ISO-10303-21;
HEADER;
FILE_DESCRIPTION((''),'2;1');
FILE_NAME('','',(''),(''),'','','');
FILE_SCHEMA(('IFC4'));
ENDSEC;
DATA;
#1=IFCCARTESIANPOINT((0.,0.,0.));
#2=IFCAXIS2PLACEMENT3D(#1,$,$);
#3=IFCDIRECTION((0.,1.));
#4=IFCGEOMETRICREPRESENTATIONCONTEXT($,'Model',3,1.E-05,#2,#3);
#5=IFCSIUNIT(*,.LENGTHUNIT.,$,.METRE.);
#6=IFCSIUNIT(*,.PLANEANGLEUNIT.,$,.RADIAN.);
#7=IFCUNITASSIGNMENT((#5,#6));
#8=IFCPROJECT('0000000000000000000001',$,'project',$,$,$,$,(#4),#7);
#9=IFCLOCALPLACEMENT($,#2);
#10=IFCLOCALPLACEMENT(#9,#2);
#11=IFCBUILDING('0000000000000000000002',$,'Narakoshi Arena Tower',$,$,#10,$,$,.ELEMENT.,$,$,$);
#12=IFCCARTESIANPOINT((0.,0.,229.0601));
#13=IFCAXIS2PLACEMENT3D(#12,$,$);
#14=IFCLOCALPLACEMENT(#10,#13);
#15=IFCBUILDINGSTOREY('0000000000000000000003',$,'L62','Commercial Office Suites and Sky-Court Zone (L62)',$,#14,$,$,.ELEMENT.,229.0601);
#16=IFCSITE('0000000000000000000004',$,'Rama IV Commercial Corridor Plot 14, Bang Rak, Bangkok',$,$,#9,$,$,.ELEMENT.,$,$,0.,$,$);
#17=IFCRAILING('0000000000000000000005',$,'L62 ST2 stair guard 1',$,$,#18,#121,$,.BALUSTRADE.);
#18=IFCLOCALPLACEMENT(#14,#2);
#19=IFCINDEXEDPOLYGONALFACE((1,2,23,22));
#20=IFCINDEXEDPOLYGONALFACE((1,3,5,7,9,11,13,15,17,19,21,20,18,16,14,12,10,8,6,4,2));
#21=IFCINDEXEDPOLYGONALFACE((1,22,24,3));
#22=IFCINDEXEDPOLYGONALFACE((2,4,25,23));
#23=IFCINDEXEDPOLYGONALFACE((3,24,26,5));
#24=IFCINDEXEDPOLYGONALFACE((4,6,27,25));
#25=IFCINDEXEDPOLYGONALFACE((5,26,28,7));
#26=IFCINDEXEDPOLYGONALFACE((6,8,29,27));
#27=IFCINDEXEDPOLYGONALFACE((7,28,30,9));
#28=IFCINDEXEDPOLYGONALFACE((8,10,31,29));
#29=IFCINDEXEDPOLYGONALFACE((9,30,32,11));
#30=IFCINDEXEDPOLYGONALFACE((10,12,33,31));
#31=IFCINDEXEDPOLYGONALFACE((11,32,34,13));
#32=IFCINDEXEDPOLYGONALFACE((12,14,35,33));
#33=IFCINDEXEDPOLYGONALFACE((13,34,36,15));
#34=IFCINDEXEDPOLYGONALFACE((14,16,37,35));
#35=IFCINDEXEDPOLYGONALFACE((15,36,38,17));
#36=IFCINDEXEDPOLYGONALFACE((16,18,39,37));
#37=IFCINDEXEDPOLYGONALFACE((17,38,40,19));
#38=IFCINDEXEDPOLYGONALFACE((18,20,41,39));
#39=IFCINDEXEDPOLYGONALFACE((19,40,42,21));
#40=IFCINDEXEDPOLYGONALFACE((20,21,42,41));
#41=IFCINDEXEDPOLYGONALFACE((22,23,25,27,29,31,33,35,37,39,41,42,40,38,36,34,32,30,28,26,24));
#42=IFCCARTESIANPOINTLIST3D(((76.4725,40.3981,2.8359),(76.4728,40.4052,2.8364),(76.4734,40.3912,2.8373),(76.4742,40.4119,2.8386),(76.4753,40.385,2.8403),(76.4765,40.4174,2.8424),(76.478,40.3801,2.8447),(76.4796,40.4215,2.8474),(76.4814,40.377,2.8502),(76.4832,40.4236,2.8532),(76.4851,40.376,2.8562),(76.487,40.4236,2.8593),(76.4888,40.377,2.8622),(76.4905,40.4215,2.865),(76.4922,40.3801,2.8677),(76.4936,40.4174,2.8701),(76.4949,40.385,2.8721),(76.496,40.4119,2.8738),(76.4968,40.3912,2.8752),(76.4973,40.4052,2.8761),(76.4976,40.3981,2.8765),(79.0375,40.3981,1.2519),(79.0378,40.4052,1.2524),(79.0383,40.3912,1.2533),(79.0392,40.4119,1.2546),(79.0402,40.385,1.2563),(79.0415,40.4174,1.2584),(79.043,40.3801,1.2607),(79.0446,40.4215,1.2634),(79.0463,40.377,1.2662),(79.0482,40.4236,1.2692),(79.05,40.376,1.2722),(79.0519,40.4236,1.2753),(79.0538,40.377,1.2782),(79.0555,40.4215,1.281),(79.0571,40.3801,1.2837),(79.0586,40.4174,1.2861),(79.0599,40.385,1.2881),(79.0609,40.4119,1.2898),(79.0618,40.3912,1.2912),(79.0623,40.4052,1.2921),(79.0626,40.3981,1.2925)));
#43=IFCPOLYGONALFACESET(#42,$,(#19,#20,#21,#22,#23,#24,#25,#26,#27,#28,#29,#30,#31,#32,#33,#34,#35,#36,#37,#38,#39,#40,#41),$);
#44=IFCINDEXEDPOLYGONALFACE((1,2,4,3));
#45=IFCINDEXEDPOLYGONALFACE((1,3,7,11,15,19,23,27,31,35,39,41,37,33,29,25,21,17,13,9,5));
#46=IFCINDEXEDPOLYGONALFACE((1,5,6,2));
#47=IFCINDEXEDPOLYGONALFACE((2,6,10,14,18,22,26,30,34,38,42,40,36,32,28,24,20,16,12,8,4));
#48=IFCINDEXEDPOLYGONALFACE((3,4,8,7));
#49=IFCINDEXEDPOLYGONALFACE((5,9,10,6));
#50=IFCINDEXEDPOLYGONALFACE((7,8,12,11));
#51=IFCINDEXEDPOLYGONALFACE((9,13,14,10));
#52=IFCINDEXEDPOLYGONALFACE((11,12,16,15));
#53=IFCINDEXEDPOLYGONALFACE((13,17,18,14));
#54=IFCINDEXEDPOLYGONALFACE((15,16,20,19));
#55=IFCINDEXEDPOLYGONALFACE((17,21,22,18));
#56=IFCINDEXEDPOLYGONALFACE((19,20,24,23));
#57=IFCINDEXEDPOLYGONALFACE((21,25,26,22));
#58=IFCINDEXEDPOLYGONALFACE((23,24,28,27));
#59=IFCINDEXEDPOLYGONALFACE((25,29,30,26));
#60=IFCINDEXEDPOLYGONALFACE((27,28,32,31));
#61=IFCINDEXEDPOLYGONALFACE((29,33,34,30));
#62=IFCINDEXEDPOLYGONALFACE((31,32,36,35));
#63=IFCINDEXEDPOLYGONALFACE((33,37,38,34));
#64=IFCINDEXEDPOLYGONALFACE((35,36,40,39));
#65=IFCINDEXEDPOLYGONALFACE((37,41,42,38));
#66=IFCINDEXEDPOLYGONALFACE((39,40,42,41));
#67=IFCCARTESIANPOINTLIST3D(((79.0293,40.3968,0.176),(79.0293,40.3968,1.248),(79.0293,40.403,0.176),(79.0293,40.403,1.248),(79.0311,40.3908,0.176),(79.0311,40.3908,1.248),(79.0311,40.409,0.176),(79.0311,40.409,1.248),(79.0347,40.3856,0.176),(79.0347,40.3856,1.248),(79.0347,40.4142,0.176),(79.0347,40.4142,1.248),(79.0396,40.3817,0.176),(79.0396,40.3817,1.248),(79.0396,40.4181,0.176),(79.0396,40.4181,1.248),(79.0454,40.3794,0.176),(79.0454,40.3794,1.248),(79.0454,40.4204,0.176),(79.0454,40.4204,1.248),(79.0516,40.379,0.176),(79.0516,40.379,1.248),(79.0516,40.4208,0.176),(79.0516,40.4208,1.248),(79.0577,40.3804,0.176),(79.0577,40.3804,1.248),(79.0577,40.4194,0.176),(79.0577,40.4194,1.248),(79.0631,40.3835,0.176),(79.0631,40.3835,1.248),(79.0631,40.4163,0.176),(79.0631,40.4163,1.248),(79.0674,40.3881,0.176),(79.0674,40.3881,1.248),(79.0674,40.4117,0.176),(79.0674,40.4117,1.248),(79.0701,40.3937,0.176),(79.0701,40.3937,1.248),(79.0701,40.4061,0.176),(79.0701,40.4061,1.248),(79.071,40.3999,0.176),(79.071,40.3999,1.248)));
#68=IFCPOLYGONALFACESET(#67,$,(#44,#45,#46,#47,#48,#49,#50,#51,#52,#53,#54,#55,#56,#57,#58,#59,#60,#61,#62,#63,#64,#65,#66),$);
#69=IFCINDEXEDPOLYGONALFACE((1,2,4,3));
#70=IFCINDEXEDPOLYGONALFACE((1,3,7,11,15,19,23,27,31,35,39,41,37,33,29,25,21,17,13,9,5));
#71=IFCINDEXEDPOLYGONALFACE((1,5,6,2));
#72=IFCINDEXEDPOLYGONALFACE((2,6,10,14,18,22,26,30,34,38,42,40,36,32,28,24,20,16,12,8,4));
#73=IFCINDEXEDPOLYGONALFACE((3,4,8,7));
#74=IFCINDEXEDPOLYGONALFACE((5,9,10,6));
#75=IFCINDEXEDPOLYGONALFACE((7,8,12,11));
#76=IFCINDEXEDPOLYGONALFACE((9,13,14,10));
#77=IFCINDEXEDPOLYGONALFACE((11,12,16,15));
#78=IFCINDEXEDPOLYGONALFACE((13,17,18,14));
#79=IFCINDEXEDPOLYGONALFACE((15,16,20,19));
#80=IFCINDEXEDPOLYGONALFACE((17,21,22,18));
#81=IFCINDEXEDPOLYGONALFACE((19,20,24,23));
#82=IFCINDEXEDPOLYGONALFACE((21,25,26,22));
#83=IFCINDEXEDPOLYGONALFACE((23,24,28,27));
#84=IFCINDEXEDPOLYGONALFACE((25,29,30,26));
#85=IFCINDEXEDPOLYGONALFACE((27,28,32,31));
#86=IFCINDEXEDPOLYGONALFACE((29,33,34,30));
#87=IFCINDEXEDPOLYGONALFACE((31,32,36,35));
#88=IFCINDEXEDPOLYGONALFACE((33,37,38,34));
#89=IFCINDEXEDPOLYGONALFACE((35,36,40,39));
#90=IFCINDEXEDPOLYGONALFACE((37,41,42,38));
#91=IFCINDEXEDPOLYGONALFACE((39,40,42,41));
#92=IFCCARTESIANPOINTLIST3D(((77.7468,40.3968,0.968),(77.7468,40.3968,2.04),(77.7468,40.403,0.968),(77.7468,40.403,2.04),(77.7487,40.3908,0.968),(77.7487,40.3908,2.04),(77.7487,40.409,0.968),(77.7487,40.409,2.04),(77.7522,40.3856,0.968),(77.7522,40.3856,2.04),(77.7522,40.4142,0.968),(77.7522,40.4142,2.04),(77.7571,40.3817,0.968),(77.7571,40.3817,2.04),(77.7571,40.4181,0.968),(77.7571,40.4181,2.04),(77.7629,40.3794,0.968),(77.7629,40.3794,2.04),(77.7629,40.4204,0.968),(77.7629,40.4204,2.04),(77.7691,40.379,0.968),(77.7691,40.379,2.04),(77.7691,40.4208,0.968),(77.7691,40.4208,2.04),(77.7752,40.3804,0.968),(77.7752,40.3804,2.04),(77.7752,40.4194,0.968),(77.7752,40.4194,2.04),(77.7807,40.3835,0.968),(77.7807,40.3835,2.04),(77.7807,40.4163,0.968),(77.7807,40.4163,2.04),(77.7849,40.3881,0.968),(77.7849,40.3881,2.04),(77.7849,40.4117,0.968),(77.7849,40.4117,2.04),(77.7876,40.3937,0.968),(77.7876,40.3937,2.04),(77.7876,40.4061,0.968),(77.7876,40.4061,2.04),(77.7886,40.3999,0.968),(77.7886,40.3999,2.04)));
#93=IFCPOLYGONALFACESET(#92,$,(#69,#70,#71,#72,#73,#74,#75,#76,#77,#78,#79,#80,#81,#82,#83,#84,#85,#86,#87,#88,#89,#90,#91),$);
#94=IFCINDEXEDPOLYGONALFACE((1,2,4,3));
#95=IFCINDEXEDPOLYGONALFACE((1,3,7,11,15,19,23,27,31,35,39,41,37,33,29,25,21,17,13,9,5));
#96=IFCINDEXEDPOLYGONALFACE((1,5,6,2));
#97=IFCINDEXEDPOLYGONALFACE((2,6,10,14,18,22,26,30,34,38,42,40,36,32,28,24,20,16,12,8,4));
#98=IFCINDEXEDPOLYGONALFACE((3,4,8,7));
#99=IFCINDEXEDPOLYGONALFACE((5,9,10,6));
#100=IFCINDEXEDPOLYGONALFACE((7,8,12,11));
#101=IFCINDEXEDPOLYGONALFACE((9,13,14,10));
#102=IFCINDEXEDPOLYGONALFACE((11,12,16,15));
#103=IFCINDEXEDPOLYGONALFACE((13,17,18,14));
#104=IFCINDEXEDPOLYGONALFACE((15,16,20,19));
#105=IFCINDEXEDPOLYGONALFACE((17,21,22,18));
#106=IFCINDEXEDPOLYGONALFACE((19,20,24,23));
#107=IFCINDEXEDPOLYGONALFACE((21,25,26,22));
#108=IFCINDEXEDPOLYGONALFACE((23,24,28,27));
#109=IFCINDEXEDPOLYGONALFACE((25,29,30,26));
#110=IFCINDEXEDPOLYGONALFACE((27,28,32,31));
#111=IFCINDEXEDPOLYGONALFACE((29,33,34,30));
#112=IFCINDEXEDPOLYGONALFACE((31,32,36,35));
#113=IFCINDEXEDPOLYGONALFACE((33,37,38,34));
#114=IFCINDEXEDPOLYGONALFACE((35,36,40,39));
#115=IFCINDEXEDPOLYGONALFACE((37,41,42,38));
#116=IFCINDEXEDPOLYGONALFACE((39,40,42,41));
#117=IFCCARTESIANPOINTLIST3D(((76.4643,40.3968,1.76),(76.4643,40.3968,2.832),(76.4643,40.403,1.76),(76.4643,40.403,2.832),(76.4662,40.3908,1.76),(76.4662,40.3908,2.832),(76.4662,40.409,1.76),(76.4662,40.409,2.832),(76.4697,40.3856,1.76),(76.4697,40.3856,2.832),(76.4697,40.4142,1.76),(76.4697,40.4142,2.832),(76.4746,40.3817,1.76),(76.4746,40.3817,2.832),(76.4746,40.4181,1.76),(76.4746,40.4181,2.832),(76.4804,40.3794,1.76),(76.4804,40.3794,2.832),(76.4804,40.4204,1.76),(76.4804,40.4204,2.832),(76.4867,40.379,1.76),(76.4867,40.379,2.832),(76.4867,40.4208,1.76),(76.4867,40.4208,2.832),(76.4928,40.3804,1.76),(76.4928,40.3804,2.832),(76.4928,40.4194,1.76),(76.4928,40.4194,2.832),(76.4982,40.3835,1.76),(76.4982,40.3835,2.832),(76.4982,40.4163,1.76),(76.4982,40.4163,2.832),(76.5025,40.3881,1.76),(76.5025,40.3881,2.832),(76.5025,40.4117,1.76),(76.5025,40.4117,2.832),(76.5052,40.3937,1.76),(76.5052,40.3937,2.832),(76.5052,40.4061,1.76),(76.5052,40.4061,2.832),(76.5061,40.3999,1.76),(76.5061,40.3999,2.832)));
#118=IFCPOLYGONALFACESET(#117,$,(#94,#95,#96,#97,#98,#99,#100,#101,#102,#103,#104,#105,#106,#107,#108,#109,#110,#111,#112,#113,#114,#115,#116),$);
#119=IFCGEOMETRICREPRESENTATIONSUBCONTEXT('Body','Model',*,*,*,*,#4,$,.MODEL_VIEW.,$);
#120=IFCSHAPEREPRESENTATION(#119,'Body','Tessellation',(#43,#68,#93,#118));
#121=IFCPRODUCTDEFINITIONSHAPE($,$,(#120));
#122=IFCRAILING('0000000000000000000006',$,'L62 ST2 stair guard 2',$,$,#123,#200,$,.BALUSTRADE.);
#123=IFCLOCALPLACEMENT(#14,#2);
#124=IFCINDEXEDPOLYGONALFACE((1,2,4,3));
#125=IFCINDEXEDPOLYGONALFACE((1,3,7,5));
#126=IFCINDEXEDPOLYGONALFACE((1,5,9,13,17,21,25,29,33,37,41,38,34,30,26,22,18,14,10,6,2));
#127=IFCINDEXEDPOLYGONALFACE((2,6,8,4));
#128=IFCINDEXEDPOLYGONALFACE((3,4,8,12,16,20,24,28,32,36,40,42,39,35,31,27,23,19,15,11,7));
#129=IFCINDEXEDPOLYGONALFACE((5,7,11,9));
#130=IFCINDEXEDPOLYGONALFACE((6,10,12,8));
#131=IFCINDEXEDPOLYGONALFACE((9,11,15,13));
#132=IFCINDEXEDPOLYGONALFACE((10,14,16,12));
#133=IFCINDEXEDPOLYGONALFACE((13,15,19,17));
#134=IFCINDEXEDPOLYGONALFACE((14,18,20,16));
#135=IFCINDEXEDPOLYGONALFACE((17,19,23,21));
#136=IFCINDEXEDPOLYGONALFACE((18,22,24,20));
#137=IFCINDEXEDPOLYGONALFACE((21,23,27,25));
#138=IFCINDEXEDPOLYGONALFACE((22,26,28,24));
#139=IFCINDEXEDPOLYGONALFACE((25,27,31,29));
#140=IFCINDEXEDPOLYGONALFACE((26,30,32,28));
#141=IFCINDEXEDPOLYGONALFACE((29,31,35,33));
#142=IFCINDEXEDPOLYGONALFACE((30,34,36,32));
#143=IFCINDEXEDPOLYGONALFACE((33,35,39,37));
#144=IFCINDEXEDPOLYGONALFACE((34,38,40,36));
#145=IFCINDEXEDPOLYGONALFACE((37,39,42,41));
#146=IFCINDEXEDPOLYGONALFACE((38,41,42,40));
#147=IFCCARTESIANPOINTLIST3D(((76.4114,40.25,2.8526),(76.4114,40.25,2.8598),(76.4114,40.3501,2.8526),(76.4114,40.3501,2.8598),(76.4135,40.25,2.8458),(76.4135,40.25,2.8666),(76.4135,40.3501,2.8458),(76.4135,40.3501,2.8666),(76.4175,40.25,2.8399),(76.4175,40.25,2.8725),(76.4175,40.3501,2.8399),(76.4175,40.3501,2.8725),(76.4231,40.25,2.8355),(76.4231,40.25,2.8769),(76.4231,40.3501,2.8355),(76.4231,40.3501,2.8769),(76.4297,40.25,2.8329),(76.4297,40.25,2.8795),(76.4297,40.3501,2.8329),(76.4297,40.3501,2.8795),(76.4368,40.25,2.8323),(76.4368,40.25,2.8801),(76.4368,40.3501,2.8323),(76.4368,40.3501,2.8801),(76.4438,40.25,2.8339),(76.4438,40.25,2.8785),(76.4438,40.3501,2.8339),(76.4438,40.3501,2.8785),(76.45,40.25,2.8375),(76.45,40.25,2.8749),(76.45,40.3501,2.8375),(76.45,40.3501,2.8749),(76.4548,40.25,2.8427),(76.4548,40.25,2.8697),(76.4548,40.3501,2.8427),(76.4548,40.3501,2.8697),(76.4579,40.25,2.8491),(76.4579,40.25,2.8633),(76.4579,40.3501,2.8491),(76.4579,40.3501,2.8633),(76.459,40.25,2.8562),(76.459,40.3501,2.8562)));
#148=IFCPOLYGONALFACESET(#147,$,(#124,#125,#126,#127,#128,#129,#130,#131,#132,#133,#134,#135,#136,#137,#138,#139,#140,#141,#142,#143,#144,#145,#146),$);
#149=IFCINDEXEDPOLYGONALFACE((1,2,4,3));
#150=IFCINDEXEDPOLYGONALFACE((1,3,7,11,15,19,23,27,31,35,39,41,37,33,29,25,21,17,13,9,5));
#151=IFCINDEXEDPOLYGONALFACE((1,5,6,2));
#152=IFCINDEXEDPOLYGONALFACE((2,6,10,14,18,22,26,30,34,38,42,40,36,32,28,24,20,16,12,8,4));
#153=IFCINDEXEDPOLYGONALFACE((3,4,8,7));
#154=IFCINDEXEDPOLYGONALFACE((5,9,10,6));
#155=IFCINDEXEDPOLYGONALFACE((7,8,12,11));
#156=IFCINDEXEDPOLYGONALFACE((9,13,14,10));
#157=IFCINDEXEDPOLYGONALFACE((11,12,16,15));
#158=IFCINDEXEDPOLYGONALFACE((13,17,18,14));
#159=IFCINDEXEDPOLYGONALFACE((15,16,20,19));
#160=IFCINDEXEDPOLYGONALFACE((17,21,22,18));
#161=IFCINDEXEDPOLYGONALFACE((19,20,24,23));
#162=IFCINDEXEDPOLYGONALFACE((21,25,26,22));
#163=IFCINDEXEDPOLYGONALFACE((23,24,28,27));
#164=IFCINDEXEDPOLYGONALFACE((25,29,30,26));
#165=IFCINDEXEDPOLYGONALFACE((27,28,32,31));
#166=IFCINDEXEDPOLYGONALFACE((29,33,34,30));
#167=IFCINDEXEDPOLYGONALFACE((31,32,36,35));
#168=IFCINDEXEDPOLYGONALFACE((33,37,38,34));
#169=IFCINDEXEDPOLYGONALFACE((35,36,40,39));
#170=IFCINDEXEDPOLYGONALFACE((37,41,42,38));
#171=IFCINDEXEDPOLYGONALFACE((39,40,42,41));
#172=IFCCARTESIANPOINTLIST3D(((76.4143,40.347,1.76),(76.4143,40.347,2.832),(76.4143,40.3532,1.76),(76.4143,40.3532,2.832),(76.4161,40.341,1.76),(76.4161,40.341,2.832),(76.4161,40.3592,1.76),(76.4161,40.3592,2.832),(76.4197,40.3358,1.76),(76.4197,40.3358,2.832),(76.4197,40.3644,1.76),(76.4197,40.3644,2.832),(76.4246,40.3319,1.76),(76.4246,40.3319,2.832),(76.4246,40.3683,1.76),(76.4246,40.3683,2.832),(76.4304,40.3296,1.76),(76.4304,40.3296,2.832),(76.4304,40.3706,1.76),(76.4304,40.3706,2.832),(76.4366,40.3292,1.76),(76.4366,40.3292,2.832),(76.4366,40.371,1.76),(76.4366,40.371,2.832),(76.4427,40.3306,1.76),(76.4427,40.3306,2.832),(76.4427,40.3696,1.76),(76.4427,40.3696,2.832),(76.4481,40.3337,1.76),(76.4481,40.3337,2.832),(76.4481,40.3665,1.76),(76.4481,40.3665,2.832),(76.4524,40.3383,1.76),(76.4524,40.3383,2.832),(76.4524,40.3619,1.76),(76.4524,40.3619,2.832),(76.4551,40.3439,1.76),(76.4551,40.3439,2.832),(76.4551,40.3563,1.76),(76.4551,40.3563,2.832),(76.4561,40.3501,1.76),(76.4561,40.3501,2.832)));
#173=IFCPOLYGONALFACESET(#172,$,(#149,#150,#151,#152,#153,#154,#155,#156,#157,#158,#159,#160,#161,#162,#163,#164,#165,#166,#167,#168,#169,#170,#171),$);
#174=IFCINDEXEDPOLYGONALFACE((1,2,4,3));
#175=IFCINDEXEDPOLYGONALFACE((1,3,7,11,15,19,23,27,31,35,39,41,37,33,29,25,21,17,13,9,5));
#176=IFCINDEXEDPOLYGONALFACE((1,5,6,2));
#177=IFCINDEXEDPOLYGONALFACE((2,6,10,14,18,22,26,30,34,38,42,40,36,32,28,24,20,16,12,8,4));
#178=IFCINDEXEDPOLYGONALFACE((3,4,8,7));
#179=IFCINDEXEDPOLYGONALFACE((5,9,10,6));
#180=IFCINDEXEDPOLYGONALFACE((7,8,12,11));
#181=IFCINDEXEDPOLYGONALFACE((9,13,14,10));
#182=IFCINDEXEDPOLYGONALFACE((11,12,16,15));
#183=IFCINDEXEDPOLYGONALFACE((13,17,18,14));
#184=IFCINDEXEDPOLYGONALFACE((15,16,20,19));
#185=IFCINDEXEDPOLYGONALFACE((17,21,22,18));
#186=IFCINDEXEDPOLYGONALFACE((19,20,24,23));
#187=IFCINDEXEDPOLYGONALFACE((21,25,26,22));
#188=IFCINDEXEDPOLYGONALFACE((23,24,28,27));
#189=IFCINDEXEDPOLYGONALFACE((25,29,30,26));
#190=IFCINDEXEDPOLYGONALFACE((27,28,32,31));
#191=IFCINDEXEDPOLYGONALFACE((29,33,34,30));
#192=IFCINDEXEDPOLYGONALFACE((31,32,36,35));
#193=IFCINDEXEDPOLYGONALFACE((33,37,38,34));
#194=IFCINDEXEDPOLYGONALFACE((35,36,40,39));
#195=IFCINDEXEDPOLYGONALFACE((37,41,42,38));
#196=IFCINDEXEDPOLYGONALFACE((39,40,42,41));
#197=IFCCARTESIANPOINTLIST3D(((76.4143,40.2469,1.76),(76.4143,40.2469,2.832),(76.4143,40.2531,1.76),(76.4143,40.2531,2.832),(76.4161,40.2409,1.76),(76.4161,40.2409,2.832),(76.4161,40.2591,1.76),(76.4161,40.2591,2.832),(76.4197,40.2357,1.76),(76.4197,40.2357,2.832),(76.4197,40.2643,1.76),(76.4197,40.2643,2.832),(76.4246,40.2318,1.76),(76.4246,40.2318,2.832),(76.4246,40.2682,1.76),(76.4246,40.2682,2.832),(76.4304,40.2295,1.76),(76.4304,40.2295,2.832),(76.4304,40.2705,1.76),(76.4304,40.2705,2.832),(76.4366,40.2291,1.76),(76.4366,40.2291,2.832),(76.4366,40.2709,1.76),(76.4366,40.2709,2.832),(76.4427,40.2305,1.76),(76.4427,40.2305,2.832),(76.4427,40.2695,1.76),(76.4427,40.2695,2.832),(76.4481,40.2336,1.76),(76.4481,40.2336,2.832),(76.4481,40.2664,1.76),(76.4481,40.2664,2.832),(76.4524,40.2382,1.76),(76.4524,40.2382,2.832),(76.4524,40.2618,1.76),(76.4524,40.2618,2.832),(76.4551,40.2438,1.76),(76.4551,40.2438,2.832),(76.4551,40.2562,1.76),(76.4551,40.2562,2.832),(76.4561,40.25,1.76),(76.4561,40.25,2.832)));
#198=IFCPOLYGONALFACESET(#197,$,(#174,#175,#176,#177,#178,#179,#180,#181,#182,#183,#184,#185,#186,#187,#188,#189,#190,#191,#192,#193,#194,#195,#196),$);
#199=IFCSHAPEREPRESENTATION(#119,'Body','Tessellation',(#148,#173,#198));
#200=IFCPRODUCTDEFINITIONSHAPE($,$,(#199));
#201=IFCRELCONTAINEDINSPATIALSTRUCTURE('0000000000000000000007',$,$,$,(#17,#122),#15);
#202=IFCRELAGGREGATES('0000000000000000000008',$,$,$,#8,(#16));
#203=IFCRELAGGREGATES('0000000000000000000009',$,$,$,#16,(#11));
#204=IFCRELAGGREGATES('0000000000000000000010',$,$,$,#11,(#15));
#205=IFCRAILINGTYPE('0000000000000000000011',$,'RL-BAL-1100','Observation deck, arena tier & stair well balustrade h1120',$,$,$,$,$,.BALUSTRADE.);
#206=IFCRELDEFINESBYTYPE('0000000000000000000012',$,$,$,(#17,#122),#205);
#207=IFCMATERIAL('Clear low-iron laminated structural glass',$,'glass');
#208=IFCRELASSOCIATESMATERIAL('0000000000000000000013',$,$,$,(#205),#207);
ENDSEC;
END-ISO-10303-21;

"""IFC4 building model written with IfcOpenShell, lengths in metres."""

from ifc_helpers import new_model, si_unit, direction, frame, origin, origin_2d, place, context, subcontext, project, spatial, circle, extrude, material, type_object, element, save


model = new_model("IFC4")

# Units and contexts
model_context = context("Model", 3, precision=1e-05, world=origin(), true_north=direction((0.0, 1.0)))
body_context = subcontext(model_context, "Body", "Model", "MODEL_VIEW")
ifc_project = project(units=[si_unit("LENGTHUNIT", "METRE"), si_unit("PLANEANGLEUNIT", "RADIAN")], contexts=[model_context])

# Site, building, storey
site_placement = place(None, origin())
site = spatial("IfcSite", under=ifc_project, at=site_placement, Name="Rama IV Commercial Corridor Plot 14, Bang Rak, Bangkok", CompositionType="ELEMENT", RefElevation=0.0)
building_placement = place(site_placement, origin())
building = spatial("IfcBuilding", under=site, at=building_placement, Name="Narakoshi Arena Tower", CompositionType="ELEMENT")
storey_placement = place(building_placement, frame((0.0, 0.0, 229.0601)))
storey = spatial("IfcBuildingStorey", under=building, at=storey_placement, Name="L62", Description="Commercial Office Suites and Sky-Court Zone (L62)", CompositionType="ELEMENT", Elevation=229.0601)

# Railings
ifc_material_1 = material(Name="Clear low-iron laminated structural glass", Category="glass")
railing_type_1 = type_object("IfcRailingType", Name="RL-BAL-1100", Description="Observation deck, arena tier & stair well balustrade h1120", PredefinedType="BALUSTRADE", material=ifc_material_1)
railing_1_placement = place(storey_placement, frame((79.05, 40.3999, 0.176)))
element("IfcRailing", 1, at=railing_1_placement, inside=storey, type_object=railing_type_1, Name="L62 ST2 stair guard 1", PredefinedType="BALUSTRADE", context=body_context, shape_type="SweptSolid", body=[
    extrude(circle(Radius=0.0239, at=origin_2d()), frame((0.0, 0.0, 1.0962), z_axis=(-0.850834, 0.0, 0.525434), x_axis=(0.0, -1.0, 0.0)), (0.0, 0.0, 1.0), 3.0146),
    extrude(circle(Radius=0.021, at=origin_2d()), origin(), (0.0, 0.0, 1.0), 1.072),
    extrude(circle(Radius=0.021, at=origin_2d()), frame((-1.2825, 0.0, 0.792)), (0.0, 0.0, 1.0), 1.072),
    extrude(circle(Radius=0.021, at=origin_2d()), frame((-2.5649, 0.0, 1.584)), (0.0, 0.0, 1.0), 1.072),
])
railing_2_placement = place(storey_placement, frame((76.4351, 40.3501, 1.76)))
element("IfcRailing", 2, at=railing_2_placement, inside=storey, type_object=railing_type_1, Name="L62 ST2 stair guard 2", PredefinedType="BALUSTRADE", context=body_context, shape_type="SweptSolid", body=[
    extrude(circle(Radius=0.0239, at=origin_2d()), frame((0.0, 0.0, 1.0962), z_axis=(0.0, -1.0, 0.0), x_axis=(1.0, 0.0, 0.0)), (0.0, 0.0, 1.0), 0.1001),
    extrude(circle(Radius=0.021, at=origin_2d()), origin(), (0.0, 0.0, 1.0), 1.072),
    extrude(circle(Radius=0.021, at=origin_2d()), frame((0.0, -0.1001, 0.0)), (0.0, 0.0, 1.0), 1.072),
])

save(model, "model.ifc")
